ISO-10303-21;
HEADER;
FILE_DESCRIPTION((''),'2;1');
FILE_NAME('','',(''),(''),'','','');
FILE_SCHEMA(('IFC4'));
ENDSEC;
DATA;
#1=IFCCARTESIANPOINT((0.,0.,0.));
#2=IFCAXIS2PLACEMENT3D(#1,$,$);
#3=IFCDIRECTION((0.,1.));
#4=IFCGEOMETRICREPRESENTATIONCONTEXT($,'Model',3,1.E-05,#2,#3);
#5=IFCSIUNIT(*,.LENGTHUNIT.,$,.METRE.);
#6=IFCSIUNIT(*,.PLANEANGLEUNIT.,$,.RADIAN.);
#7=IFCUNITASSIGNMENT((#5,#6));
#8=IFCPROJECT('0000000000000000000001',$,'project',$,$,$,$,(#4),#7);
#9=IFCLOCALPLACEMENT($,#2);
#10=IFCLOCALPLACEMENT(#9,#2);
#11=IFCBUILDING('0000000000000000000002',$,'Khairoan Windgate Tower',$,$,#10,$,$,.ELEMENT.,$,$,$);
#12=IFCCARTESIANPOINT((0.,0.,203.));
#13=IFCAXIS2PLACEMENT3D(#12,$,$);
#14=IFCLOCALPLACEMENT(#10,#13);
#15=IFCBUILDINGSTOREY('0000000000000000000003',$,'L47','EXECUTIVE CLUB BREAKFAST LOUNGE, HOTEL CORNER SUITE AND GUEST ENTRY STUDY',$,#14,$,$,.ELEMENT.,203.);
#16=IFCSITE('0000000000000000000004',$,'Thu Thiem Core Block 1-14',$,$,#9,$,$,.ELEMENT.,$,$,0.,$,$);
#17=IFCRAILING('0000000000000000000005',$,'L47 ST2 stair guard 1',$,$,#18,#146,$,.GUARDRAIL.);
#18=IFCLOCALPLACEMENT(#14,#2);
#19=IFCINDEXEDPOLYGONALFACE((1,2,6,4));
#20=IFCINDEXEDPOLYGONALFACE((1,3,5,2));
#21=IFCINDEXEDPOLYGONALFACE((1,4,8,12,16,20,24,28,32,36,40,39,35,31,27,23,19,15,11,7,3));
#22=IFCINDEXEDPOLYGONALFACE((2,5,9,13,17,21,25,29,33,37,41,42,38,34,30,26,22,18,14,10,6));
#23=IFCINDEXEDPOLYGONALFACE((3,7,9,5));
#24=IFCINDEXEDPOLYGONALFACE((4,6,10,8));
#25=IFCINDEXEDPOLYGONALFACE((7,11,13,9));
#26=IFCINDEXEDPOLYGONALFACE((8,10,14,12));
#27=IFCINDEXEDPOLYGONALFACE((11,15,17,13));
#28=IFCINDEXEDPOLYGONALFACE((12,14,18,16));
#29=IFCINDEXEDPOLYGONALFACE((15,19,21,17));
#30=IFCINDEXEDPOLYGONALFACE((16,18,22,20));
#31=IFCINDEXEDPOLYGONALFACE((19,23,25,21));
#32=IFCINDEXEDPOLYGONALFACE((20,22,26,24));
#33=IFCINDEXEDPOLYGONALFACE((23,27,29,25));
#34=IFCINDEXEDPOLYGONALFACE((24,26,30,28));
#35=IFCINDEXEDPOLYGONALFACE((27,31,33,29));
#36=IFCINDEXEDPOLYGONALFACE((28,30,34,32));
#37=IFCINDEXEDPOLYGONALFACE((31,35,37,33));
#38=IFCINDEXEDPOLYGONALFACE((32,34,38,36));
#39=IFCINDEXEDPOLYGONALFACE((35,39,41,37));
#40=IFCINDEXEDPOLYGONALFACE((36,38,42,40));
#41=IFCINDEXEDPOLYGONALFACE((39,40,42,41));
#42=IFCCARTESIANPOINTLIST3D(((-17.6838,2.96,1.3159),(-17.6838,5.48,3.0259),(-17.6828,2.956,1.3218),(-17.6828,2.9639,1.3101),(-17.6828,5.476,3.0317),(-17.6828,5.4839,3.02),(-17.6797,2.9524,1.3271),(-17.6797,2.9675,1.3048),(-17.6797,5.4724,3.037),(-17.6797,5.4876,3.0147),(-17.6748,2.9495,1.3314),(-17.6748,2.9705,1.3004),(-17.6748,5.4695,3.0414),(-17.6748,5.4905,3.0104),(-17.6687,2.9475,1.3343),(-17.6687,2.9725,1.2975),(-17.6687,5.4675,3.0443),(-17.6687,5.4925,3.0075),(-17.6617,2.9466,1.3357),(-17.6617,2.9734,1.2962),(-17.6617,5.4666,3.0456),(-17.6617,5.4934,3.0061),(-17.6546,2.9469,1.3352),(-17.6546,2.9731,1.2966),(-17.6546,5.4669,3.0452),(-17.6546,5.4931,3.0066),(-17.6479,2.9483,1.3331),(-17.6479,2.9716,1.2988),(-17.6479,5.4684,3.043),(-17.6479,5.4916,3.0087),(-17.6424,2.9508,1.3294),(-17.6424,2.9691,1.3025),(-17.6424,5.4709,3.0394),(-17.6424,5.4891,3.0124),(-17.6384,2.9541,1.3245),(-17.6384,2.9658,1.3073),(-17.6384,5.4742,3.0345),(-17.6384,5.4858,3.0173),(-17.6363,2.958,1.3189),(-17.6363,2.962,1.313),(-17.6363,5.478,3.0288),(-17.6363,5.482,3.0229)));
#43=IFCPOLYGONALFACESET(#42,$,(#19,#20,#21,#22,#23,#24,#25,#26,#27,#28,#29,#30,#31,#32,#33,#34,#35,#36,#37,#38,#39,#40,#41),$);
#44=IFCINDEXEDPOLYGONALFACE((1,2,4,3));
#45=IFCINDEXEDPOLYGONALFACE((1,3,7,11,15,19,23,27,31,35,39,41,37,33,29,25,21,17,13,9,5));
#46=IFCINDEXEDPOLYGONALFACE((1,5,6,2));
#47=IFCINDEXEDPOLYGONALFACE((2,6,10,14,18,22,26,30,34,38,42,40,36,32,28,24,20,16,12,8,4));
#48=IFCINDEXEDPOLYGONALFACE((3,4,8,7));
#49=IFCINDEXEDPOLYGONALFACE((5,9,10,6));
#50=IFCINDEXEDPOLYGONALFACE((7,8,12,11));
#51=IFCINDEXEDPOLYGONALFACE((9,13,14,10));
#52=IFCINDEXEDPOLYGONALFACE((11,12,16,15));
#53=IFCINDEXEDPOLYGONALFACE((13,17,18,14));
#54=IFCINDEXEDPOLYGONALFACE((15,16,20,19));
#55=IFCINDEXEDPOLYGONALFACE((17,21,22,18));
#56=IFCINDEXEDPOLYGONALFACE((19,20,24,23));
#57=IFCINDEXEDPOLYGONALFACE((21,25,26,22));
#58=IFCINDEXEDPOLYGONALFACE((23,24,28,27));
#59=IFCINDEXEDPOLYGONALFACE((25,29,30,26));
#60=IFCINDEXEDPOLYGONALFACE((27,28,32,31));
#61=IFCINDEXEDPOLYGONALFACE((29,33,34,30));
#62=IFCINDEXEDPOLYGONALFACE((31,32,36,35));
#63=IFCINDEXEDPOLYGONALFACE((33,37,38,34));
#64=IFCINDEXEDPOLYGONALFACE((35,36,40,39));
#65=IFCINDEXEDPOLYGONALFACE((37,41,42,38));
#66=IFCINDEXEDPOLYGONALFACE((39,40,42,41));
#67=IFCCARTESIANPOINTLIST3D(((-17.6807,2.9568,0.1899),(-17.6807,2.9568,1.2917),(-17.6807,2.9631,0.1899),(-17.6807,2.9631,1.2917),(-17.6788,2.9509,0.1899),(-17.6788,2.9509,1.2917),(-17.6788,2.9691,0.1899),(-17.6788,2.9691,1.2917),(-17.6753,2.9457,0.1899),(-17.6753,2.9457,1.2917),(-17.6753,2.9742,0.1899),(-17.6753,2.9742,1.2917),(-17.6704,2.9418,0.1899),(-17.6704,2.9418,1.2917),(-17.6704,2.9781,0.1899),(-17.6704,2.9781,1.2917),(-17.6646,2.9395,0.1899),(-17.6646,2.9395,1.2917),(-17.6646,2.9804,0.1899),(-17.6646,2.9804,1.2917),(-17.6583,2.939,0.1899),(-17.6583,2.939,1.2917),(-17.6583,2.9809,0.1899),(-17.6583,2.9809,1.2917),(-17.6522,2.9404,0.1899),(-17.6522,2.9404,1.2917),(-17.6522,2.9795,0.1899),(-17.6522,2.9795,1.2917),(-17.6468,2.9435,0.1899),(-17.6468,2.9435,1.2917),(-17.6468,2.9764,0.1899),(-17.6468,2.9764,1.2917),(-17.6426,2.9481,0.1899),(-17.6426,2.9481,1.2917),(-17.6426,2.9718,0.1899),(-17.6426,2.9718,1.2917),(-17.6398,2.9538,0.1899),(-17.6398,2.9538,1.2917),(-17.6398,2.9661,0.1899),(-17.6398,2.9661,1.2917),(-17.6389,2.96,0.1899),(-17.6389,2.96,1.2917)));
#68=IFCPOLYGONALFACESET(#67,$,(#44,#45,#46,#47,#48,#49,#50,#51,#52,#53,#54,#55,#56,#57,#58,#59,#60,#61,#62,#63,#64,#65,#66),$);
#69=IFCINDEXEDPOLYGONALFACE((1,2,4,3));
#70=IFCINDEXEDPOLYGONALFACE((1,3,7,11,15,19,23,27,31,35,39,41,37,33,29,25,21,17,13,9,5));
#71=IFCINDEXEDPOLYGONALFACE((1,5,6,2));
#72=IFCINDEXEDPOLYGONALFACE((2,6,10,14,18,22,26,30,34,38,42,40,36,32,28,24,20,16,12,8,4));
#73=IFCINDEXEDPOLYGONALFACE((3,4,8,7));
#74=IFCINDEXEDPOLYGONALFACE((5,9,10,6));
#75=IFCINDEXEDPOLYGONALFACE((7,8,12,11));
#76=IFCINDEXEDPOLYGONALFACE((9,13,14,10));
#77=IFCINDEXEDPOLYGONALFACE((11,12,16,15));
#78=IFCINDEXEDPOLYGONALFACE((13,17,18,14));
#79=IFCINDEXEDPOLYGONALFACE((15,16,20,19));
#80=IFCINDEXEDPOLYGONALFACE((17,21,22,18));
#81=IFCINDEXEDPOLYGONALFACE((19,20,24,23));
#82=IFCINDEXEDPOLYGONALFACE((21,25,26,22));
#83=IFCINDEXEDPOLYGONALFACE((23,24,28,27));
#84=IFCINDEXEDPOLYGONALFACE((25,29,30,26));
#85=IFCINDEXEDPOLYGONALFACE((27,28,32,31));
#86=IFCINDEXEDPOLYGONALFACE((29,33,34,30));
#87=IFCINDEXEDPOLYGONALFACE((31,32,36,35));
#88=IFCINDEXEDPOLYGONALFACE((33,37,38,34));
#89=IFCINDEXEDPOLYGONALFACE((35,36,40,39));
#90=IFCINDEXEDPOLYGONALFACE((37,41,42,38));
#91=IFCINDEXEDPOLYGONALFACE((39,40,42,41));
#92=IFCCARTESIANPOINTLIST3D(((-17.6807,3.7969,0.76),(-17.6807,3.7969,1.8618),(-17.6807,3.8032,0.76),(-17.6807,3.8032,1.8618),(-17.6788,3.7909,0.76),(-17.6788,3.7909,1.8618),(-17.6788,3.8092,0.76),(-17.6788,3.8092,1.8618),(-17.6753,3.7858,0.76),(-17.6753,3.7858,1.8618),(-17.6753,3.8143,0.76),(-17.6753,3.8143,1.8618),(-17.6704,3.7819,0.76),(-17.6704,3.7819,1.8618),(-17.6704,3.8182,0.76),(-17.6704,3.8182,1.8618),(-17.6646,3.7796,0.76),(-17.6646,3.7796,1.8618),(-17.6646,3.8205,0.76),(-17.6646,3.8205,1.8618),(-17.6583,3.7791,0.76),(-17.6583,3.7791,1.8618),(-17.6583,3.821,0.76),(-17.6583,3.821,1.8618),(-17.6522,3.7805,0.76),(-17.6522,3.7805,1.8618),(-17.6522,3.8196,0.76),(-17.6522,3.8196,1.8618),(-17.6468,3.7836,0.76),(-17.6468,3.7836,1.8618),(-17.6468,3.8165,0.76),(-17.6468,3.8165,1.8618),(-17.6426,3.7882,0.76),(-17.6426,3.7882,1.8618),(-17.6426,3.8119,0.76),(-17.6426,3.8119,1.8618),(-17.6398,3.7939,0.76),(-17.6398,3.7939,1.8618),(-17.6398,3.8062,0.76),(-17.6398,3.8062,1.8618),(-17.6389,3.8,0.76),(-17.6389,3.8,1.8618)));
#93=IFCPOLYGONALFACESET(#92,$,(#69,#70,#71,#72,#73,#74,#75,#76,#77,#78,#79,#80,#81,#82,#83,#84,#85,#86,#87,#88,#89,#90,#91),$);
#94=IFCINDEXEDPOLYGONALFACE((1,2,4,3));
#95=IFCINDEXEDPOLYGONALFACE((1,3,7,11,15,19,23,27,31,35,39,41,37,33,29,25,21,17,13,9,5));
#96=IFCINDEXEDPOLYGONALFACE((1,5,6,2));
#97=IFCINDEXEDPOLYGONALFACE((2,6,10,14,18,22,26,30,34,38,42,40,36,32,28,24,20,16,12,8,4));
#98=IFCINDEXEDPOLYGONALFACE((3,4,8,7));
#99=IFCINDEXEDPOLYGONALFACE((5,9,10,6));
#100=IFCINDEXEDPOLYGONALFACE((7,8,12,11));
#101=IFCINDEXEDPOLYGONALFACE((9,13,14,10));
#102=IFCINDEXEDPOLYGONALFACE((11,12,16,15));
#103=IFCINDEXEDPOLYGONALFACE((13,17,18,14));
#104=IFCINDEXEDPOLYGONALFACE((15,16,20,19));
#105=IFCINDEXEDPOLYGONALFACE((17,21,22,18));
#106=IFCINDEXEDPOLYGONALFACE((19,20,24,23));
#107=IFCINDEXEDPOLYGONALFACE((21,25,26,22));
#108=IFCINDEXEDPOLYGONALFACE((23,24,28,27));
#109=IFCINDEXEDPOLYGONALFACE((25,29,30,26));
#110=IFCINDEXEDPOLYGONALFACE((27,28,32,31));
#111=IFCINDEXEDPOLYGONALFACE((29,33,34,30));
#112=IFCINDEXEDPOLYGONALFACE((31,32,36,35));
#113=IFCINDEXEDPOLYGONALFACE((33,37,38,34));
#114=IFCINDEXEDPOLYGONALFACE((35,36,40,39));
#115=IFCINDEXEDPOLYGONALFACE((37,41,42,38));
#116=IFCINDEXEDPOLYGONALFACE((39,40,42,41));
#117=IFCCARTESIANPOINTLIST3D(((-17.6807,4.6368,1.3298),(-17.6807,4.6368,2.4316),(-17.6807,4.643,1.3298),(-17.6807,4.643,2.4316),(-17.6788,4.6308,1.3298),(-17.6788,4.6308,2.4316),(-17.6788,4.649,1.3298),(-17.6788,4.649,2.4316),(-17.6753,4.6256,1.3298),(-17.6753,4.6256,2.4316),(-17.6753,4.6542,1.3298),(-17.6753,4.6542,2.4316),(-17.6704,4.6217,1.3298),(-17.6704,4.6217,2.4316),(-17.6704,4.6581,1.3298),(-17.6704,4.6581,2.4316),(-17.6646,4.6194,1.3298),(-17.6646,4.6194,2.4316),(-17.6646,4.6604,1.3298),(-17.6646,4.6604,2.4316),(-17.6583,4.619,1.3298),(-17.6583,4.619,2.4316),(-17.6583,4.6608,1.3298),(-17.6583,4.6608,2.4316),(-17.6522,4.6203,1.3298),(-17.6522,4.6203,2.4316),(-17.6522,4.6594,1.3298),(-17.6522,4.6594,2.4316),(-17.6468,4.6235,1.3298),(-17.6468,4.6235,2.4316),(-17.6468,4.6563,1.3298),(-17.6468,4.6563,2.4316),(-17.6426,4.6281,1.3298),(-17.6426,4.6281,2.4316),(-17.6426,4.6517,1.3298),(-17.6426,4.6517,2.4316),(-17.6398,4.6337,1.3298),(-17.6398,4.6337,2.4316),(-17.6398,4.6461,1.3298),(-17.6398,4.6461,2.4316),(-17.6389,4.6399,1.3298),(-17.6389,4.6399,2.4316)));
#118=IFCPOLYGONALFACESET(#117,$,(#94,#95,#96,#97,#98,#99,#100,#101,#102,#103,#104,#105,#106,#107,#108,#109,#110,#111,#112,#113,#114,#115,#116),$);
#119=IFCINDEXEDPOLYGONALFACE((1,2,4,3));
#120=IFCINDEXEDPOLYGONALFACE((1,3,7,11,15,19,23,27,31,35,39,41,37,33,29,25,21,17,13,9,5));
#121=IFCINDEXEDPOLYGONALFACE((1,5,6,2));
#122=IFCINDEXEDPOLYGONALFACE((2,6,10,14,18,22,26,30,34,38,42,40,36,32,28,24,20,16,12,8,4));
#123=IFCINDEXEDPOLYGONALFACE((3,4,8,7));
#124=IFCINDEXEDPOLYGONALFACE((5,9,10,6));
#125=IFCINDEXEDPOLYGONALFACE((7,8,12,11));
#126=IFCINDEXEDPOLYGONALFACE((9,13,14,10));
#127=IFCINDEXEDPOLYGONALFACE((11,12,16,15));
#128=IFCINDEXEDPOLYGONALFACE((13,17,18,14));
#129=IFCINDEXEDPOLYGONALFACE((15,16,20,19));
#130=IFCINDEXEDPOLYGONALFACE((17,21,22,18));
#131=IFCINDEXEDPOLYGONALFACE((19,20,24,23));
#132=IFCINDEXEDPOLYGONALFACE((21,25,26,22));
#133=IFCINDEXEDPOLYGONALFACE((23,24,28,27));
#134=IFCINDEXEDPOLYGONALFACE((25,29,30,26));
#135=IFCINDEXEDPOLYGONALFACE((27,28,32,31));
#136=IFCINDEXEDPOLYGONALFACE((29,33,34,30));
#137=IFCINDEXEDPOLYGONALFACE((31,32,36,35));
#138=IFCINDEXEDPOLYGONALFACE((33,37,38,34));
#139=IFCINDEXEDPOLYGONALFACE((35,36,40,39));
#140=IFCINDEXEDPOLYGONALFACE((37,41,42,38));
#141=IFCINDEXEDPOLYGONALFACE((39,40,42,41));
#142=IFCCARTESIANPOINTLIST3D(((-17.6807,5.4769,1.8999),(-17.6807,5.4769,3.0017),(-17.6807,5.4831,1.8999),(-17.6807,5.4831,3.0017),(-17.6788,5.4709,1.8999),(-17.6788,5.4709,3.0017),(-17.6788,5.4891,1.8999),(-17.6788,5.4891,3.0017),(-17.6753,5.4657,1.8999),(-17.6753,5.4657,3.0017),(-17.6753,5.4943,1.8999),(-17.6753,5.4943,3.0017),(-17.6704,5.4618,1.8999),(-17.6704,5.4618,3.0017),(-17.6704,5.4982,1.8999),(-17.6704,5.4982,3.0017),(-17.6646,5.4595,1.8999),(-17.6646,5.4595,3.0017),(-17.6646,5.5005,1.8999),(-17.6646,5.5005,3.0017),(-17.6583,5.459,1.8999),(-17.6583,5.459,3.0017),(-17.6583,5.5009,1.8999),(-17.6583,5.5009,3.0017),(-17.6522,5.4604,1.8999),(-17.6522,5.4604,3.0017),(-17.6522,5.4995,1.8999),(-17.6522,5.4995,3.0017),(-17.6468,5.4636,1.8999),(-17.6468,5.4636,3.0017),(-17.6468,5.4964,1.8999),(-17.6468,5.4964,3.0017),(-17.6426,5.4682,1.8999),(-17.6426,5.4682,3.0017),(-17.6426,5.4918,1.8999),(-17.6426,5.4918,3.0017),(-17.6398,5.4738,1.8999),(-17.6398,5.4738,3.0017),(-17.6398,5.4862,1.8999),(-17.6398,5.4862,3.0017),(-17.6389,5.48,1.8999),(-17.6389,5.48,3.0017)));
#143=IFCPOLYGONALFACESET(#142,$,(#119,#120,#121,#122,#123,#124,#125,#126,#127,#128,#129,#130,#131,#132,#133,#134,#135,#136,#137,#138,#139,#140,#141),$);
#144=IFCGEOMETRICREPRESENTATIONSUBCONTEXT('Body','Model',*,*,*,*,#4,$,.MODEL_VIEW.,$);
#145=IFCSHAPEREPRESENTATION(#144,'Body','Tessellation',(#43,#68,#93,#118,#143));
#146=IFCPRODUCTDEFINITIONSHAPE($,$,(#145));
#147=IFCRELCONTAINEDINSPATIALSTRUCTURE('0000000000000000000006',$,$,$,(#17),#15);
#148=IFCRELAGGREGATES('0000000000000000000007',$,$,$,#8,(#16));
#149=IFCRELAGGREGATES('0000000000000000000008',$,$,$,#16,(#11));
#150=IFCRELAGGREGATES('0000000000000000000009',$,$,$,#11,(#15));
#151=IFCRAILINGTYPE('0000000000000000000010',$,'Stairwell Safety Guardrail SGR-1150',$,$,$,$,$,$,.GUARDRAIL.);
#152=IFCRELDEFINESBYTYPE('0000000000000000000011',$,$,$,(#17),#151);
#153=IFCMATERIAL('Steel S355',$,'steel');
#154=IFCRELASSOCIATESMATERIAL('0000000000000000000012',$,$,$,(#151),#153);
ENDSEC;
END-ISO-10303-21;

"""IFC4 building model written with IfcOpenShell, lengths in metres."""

from ifc_helpers import new_model, si_unit, direction, frame, origin, origin_2d, place, context, subcontext, project, spatial, circle, extrude, material, type_object, element, save


model = new_model("IFC4")

# Units and contexts
model_context = context("Model", 3, precision=1e-05, world=origin(), true_north=direction((0.0, 1.0)))
body_context = subcontext(model_context, "Body", "Model", "MODEL_VIEW")
ifc_project = project(units=[si_unit("LENGTHUNIT", "METRE"), si_unit("PLANEANGLEUNIT", "RADIAN")], contexts=[model_context])

# Site, building, storey
site_placement = place(None, origin())
site = spatial("IfcSite", under=ifc_project, at=site_placement, Name="Thu Thiem Core Block 1-14", CompositionType="ELEMENT", RefElevation=0.0)
building_placement = place(site_placement, origin())
building = spatial("IfcBuilding", under=site, at=building_placement, Name="Khairoan Windgate Tower", CompositionType="ELEMENT")
storey_placement = place(building_placement, frame((0.0, 0.0, 203.0)))
storey = spatial("IfcBuildingStorey", under=building, at=storey_placement, Name="L47", Description="EXECUTIVE CLUB BREAKFAST LOUNGE, HOTEL CORNER SUITE AND GUEST ENTRY STUDY", CompositionType="ELEMENT", Elevation=203.0)

# Railing
ifc_material_1 = material(Name="Steel S355", Category="steel")
railing_type_1 = type_object("IfcRailingType", Name="Stairwell Safety Guardrail SGR-1150", PredefinedType="GUARDRAIL", material=ifc_material_1)
railing_1_placement = place(storey_placement, frame((-17.6599, 2.96, 0.1899)))
element("IfcRailing", 1, at=railing_1_placement, inside=storey, type_object=railing_type_1, Name="L47 ST2 stair guard 1", PredefinedType="GUARDRAIL", context=body_context, shape_type="SweptSolid", body=[
    extrude(circle(Radius=0.0239, at=origin_2d()), frame((0.0, 0.0, 1.126), z_axis=(0.0, 0.827484, 0.56149), x_axis=(-1.0, 0.0, 0.0)), (0.0, 0.0, 1.0), 3.0454),
    extrude(circle(Radius=0.021, at=origin_2d()), origin(), (0.0, 0.0, 1.0), 1.1018),
    extrude(circle(Radius=0.021, at=origin_2d()), frame((0.0, 0.8401, 0.5701)), (0.0, 0.0, 1.0), 1.1018),
    extrude(circle(Radius=0.021, at=origin_2d()), frame((0.0, 1.6799, 1.1399)), (0.0, 0.0, 1.0), 1.1018),
    extrude(circle(Radius=0.021, at=origin_2d()), frame((0.0, 2.52, 1.71)), (0.0, 0.0, 1.0), 1.1018),
])

save(model, "model.ifc")
